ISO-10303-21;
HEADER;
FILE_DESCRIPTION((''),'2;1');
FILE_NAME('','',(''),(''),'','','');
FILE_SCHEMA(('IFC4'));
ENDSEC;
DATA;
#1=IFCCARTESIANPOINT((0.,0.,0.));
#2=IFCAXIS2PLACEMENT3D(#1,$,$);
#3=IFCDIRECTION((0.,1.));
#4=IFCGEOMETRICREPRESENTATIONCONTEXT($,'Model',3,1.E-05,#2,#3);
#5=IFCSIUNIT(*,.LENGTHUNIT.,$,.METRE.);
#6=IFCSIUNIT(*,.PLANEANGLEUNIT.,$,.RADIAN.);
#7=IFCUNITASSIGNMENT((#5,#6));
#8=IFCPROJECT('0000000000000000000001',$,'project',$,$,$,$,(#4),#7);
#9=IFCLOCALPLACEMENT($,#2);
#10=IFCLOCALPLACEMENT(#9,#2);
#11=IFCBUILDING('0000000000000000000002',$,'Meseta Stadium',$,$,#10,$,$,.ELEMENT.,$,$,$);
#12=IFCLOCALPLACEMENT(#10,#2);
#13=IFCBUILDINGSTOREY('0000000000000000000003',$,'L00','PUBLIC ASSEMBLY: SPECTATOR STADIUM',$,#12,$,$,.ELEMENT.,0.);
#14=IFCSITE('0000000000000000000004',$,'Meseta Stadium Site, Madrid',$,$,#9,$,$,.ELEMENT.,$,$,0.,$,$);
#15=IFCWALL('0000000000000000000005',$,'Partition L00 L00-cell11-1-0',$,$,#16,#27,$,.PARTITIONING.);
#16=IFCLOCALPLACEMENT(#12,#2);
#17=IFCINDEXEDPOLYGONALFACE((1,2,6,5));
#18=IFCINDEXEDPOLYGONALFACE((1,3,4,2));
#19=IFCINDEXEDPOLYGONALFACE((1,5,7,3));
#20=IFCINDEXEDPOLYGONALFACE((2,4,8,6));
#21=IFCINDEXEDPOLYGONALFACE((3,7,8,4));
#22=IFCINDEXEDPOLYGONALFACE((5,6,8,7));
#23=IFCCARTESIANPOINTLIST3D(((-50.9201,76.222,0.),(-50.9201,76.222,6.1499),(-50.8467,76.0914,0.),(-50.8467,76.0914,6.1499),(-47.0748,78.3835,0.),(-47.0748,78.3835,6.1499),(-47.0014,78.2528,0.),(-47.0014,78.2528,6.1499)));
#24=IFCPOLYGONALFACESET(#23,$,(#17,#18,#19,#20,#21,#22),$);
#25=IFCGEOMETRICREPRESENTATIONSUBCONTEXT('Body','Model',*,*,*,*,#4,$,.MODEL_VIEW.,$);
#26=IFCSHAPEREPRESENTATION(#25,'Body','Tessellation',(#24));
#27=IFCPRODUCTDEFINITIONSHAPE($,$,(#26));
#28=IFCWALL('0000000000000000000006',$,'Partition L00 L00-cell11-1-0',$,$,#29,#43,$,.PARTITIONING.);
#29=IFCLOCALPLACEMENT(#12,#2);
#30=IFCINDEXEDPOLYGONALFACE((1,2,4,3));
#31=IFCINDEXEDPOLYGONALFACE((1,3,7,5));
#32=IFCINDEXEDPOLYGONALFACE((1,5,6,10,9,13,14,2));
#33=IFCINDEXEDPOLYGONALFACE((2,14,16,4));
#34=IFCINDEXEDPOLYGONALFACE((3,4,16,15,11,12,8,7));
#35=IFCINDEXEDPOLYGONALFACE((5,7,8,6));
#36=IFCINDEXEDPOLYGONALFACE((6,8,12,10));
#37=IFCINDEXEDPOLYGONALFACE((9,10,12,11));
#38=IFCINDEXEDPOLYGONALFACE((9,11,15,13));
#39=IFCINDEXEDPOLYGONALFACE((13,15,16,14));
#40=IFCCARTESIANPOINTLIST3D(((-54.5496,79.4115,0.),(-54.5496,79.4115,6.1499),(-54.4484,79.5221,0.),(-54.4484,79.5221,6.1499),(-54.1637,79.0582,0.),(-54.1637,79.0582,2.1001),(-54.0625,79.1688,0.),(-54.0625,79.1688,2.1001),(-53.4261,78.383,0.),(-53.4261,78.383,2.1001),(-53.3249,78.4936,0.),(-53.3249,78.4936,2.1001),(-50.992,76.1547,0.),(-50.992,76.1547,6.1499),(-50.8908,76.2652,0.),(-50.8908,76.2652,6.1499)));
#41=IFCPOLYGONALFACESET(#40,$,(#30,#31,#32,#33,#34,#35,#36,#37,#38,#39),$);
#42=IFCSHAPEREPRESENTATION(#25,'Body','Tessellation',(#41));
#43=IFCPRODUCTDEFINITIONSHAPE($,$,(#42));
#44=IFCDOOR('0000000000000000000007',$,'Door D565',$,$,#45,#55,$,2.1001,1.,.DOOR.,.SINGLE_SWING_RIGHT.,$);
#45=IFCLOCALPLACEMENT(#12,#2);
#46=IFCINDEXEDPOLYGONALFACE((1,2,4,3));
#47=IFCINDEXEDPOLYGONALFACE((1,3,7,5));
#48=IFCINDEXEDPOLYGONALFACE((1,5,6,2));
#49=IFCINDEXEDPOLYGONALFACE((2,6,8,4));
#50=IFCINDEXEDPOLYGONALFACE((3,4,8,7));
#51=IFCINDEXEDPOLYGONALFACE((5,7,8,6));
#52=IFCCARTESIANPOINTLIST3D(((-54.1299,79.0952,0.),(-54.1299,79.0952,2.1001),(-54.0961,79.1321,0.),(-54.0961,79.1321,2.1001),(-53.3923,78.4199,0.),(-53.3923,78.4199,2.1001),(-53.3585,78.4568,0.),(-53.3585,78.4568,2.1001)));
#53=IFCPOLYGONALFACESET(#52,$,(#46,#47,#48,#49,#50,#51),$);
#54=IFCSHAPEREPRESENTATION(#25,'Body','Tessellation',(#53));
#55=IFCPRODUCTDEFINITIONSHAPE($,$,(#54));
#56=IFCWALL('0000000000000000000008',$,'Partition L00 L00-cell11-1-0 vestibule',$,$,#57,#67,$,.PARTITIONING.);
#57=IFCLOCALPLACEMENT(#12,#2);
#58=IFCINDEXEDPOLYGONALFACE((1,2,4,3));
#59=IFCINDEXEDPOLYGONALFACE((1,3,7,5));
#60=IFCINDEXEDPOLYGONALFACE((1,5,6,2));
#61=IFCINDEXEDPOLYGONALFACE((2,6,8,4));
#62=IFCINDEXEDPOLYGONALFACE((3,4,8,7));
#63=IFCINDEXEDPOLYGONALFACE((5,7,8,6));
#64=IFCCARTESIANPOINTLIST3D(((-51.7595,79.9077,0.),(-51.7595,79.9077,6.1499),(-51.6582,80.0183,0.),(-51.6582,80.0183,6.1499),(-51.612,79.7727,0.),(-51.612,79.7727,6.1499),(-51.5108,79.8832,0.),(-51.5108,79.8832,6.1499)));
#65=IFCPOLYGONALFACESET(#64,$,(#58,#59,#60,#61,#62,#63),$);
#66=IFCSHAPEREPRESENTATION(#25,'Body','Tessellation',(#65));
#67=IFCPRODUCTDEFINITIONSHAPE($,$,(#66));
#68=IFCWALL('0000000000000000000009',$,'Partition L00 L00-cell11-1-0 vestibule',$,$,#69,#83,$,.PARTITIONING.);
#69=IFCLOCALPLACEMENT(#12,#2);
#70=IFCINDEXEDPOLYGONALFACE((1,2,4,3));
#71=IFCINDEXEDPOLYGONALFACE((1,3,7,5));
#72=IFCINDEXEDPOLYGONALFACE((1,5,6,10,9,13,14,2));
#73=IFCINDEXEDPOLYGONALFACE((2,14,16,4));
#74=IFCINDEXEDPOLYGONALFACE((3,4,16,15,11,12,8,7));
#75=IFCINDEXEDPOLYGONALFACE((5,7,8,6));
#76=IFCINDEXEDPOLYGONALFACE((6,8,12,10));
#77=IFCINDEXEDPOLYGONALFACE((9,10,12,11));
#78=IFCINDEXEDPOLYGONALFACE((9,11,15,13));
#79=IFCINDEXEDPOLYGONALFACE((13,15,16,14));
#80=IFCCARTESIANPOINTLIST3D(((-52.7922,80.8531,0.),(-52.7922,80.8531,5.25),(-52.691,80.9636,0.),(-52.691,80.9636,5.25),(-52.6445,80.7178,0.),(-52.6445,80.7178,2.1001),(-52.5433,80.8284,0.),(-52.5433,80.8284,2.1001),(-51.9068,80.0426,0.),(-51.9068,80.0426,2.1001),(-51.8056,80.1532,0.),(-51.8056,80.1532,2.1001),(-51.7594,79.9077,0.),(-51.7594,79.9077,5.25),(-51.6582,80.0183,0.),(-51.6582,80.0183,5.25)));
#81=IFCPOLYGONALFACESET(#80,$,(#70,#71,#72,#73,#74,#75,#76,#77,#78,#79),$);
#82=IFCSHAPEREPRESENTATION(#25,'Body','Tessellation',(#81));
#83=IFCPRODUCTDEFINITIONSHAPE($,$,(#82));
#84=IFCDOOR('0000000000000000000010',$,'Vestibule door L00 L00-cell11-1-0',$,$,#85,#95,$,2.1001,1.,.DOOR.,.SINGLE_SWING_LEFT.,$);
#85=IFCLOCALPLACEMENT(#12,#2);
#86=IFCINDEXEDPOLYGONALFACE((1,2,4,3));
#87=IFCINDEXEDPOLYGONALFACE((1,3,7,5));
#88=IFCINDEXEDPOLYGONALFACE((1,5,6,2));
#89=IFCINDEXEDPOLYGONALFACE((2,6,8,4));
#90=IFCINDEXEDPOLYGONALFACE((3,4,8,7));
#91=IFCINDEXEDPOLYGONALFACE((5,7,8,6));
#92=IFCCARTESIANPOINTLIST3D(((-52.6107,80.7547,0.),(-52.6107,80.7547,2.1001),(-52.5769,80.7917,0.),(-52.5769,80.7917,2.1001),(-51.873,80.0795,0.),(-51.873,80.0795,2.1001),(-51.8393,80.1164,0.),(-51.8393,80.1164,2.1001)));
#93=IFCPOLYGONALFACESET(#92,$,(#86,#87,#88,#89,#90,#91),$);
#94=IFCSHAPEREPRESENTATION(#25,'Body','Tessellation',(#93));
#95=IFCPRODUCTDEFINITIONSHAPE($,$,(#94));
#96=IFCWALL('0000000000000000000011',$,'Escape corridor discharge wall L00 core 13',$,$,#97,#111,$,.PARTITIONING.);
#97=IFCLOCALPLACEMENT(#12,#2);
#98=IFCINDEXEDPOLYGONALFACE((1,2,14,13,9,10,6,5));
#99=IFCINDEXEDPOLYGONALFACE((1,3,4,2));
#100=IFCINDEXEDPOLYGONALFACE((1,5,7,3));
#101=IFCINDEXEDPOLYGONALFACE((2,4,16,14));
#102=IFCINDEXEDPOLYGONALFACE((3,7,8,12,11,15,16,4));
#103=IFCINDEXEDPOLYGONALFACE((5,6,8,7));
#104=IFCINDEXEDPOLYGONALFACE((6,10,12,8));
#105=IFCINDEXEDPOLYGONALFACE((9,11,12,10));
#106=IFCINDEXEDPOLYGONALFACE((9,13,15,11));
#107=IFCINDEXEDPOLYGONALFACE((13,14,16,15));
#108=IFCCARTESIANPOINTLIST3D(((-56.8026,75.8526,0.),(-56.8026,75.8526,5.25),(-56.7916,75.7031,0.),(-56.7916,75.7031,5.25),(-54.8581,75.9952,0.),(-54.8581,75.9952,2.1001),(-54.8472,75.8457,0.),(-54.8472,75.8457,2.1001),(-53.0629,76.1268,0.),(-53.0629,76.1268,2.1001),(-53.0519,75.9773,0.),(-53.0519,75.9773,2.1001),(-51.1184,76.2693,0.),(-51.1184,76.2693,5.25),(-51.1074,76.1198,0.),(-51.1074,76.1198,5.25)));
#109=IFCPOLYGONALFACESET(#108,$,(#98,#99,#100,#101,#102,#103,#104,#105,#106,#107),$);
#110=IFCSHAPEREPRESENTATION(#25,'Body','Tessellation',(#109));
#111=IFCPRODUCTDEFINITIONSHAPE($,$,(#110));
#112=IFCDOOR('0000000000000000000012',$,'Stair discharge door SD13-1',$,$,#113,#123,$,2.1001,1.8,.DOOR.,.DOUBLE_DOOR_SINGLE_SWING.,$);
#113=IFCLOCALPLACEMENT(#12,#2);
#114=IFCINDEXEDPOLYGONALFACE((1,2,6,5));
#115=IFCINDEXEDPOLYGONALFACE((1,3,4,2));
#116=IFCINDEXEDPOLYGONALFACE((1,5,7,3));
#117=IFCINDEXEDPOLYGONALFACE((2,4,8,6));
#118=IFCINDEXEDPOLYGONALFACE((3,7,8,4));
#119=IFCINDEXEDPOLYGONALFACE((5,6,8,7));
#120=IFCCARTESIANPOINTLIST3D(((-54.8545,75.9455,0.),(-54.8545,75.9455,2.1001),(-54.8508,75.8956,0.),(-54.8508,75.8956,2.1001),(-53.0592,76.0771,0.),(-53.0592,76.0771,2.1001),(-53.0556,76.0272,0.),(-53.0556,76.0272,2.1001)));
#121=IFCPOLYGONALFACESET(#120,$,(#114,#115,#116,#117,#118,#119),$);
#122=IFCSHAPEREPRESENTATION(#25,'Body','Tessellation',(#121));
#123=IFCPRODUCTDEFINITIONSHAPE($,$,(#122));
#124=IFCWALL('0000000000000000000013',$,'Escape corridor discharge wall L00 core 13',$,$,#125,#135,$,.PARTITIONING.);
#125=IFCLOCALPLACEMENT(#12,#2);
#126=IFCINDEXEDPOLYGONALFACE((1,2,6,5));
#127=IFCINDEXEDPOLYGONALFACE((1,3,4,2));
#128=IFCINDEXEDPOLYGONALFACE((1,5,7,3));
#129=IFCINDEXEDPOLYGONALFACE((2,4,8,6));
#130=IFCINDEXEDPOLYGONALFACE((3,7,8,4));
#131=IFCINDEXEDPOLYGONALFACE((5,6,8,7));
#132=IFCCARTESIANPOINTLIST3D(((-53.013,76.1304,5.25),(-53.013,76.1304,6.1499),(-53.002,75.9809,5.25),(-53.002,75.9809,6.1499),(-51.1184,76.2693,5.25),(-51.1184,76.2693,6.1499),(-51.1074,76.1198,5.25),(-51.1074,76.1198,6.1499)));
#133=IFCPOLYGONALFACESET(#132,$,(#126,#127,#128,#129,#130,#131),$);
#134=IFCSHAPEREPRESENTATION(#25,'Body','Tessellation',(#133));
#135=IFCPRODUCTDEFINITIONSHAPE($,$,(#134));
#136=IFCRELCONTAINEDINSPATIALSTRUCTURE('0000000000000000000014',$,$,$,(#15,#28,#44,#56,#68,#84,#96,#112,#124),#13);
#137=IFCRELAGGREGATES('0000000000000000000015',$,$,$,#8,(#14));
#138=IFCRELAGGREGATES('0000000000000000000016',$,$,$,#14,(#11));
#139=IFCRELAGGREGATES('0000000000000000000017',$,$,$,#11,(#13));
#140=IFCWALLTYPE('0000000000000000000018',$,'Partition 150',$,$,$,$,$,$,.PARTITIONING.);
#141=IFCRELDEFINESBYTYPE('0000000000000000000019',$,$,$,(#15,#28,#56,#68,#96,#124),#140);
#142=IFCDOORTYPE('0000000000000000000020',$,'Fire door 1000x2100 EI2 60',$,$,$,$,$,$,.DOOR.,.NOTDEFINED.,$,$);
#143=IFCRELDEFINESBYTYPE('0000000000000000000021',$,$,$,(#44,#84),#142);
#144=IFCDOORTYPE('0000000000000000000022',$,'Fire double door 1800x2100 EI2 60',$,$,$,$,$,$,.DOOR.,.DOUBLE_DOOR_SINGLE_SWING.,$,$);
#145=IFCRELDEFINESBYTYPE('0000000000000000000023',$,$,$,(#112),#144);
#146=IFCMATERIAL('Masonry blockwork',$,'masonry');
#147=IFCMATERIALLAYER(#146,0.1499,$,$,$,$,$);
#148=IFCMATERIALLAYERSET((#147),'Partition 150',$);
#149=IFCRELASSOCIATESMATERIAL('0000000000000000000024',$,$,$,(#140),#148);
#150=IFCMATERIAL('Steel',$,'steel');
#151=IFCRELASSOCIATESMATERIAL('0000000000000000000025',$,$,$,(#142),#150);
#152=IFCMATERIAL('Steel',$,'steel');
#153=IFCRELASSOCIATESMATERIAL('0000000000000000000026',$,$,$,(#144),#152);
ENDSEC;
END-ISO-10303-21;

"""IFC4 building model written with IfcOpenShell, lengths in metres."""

from ifc_helpers import new_model, si_unit, direction, frame, frame_2d, origin, place, context, subcontext, project, spatial, rectangle, extrude, material, layer, layer_set, type_object, element, fill, save


model = new_model("IFC4")

# Units and contexts
model_context = context("Model", 3, precision=1e-05, world=origin(), true_north=direction((0.0, 1.0)))
body_context = subcontext(model_context, "Body", "Model", "MODEL_VIEW")
ifc_project = project(units=[si_unit("LENGTHUNIT", "METRE"), si_unit("PLANEANGLEUNIT", "RADIAN")], contexts=[model_context])

# Site, building, storey
site_placement = place(None, origin())
site = spatial("IfcSite", under=ifc_project, at=site_placement, Name="Meseta Stadium Site, Madrid", CompositionType="ELEMENT", RefElevation=0.0)
building_placement = place(site_placement, origin())
building = spatial("IfcBuilding", under=site, at=building_placement, Name="Meseta Stadium", CompositionType="ELEMENT")
storey_placement = place(building_placement, origin())
storey = spatial("IfcBuildingStorey", under=building, at=storey_placement, Name="L00", Description="PUBLIC ASSEMBLY: SPECTATOR STADIUM", CompositionType="ELEMENT", Elevation=0.0)

# Wall
ifc_material_1 = material(Name="Masonry blockwork", Category="masonry")
ifc_layer = layer(ifc_material_1, 0.1499)
ifc_layer_set = layer_set([ifc_layer], Name="Partition 150")
wall_type = type_object("IfcWallType", Name="Partition 150", PredefinedType="PARTITIONING", material=ifc_layer_set)
wall_1_placement = place(storey_placement, frame((-47.0381, 78.3181, 0.0), z_axis=(0.0, 0.0, 1.0), x_axis=(-0.871726, -0.489993, 0.0)))
element("IfcWall", 1, at=wall_1_placement, inside=storey, type_object=wall_type, Name="Partition L00 L00-cell11-1-0", PredefinedType="PARTITIONING", context=body_context, shape_type="SweptSolid", body=[
    extrude(rectangle(XDim=4.4111, YDim=0.1499, at=frame_2d((2.2056, 0.0))), origin(), (0.0, 0.0, 1.0), 6.1499),
])

# Wall, opening, door
wall_2_placement = place(storey_placement, frame((-50.9414, 76.21, 0.0), z_axis=(0.0, 0.0, 1.0), x_axis=(-0.737599, 0.675239, 0.0)))
wall_2 = element("IfcWall", 2, at=wall_2_placement, inside=storey, type_object=wall_type, Name="Partition L00 L00-cell11-1-0", PredefinedType="PARTITIONING", context=body_context, shape_type="SweptSolid", body=[
    extrude(rectangle(XDim=4.8232, YDim=0.1499, at=frame_2d((2.4116, 0.0))), origin(), (0.0, 0.0, 1.0), 6.1499),
])
opening_1_placement = place(wall_2_placement, frame((3.3, 0.0, 0.0)))
opening_1 = element("IfcOpeningElement", 3, at=opening_1_placement, cuts=wall_2, PredefinedType="OPENING", context=body_context, shape_type="SweptSolid", body=[
    extrude(rectangle(XDim=1.0, YDim=2.1001, at=frame_2d((0.5, 1.05))), frame((0.0, 0.085, 0.0), z_axis=(0.0, -1.0, 0.0), x_axis=(1.0, 0.0, 0.0)), (0.0, 0.0, 1.0), 0.1699),
])
ifc_material_2 = material(Name="Steel", Category="steel")
door_type_1 = type_object("IfcDoorType", Name="Fire door 1000x2100 EI2 60", OperationType="NOTDEFINED", PredefinedType="DOOR", material=ifc_material_2)
door_1_placement = place(opening_1_placement, origin())
door_1 = element("IfcDoor", 4, at=door_1_placement, inside=storey, type_object=door_type_1, Name="Door D565", OperationType="SINGLE_SWING_RIGHT", OverallHeight=2.1001, OverallWidth=1.0, PredefinedType="DOOR", context=body_context, shape_type="SweptSolid", body=[
    extrude(rectangle(XDim=1.0, YDim=2.1001, at=frame_2d((0.5, 1.05))), frame((0.0, 0.0249, 0.0), z_axis=(0.0, -1.0, 0.0), x_axis=(1.0, 0.0, 0.0)), (0.0, 0.0, 1.0), 0.05),
])
fill(opening_1, door_1)

# Wall
wall_3_placement = place(storey_placement, frame((-51.5613, 79.8279, 0.0), z_axis=(0.0, 0.0, 1.0), x_axis=(-0.73756, 0.675282, 0.0)))
element("IfcWall", 5, at=wall_3_placement, inside=storey, type_object=wall_type, Name="Partition L00 L00-cell11-1-0 vestibule", PredefinedType="PARTITIONING", context=body_context, shape_type="SweptSolid", body=[
    extrude(rectangle(XDim=0.2, YDim=0.1499, at=frame_2d((0.1001, 0.0))), origin(), (0.0, 0.0, 1.0), 6.1499),
])

# Walls, openings, doors
wall_4_placement = place(storey_placement, frame((-51.7087, 79.9629, 0.0), z_axis=(0.0, 0.0, 1.0), x_axis=(-0.737632, 0.675203, 0.0)))
wall_4 = element("IfcWall", 6, at=wall_4_placement, inside=storey, type_object=wall_type, Name="Partition L00 L00-cell11-1-0 vestibule", PredefinedType="PARTITIONING", context=body_context, shape_type="SweptSolid", body=[
    extrude(rectangle(XDim=1.4001, YDim=0.1499, at=frame_2d((0.7002, 0.0))), origin(), (0.0, 0.0, 1.0), 5.25),
])
opening_2_placement = place(wall_4_placement, frame((0.2, 0.0, 0.0)))
opening_2 = element("IfcOpeningElement", 7, at=opening_2_placement, cuts=wall_4, PredefinedType="OPENING", context=body_context, shape_type="SweptSolid", body=[
    extrude(rectangle(XDim=1.0, YDim=2.1001, at=frame_2d((0.5, 1.05))), frame((0.0, 0.085, 0.0), z_axis=(0.0, -1.0, 0.0), x_axis=(1.0, 0.0, 0.0)), (0.0, 0.0, 1.0), 0.1699),
])
door_2_placement = place(opening_2_placement, origin())
door_2 = element("IfcDoor", 8, at=door_2_placement, inside=storey, type_object=door_type_1, Name="Vestibule door L00 L00-cell11-1-0", OperationType="SINGLE_SWING_LEFT", OverallHeight=2.1001, OverallWidth=1.0, PredefinedType="DOOR", context=body_context, shape_type="SweptSolid", body=[
    extrude(rectangle(XDim=1.0, YDim=2.1001, at=frame_2d((0.5, 1.05))), frame((0.0, 0.0249, 0.0), z_axis=(0.0, -1.0, 0.0), x_axis=(1.0, 0.0, 0.0)), (0.0, 0.0, 1.0), 0.05),
])
fill(opening_2, door_2)
wall_5_placement = place(storey_placement, frame((-51.113, 76.1946, 0.0), z_axis=(0.0, 0.0, 1.0), x_axis=(-0.997323, -0.073119, 0.0)))
wall_5 = element("IfcWall", 9, at=wall_5_placement, inside=storey, type_object=wall_type, Name="Escape corridor discharge wall L00 core 13", PredefinedType="PARTITIONING", context=body_context, shape_type="SweptSolid", body=[
    extrude(rectangle(XDim=5.6995, YDim=0.1499, at=frame_2d((2.8496, 0.0))), origin(), (0.0, 0.0, 1.0), 5.25),
])
opening_3_placement = place(wall_5_placement, frame((1.9497, 0.0, 0.0)))
opening_3 = element("IfcOpeningElement", 10, at=opening_3_placement, cuts=wall_5, PredefinedType="OPENING", context=body_context, shape_type="SweptSolid", body=[
    extrude(rectangle(XDim=1.8, YDim=2.1001, at=frame_2d((0.8999, 1.05))), frame((0.0, 0.085, 0.0), z_axis=(0.0, -1.0, 0.0), x_axis=(1.0, 0.0, 0.0)), (0.0, 0.0, 1.0), 0.1699),
])
ifc_material_3 = material(Name="Steel", Category="steel")
door_type_2 = type_object("IfcDoorType", Name="Fire double door 1800x2100 EI2 60", OperationType="DOUBLE_DOOR_SINGLE_SWING", PredefinedType="DOOR", material=ifc_material_3)
door_3_placement = place(opening_3_placement, origin())
door_3 = element("IfcDoor", 11, at=door_3_placement, inside=storey, type_object=door_type_2, Name="Stair discharge door SD13-1", OperationType="DOUBLE_DOOR_SINGLE_SWING", OverallHeight=2.1001, OverallWidth=1.8, PredefinedType="DOOR", context=body_context, shape_type="SweptSolid", body=[
    extrude(rectangle(XDim=1.8, YDim=2.1001, at=frame_2d((0.8999, 1.05))), frame((0.0, 0.0249, 0.0), z_axis=(0.0, -1.0, 0.0), x_axis=(1.0, 0.0, 0.0)), (0.0, 0.0, 1.0), 0.05),
])
fill(opening_3, door_3)

# Wall
wall_6_placement = place(storey_placement, frame((-51.113, 76.1946, 5.25), z_axis=(0.0, 0.0, 1.0), x_axis=(-0.997323, -0.073128, 0.0)))
element("IfcWall", 12, at=wall_6_placement, inside=storey, type_object=wall_type, Name="Escape corridor discharge wall L00 core 13", PredefinedType="PARTITIONING", context=body_context, shape_type="SweptSolid", body=[
    extrude(rectangle(XDim=1.8997, YDim=0.1499, at=frame_2d((0.9497, 0.0))), origin(), (0.0, 0.0, 1.0), 0.8999),
])

save(model, "model.ifc")
